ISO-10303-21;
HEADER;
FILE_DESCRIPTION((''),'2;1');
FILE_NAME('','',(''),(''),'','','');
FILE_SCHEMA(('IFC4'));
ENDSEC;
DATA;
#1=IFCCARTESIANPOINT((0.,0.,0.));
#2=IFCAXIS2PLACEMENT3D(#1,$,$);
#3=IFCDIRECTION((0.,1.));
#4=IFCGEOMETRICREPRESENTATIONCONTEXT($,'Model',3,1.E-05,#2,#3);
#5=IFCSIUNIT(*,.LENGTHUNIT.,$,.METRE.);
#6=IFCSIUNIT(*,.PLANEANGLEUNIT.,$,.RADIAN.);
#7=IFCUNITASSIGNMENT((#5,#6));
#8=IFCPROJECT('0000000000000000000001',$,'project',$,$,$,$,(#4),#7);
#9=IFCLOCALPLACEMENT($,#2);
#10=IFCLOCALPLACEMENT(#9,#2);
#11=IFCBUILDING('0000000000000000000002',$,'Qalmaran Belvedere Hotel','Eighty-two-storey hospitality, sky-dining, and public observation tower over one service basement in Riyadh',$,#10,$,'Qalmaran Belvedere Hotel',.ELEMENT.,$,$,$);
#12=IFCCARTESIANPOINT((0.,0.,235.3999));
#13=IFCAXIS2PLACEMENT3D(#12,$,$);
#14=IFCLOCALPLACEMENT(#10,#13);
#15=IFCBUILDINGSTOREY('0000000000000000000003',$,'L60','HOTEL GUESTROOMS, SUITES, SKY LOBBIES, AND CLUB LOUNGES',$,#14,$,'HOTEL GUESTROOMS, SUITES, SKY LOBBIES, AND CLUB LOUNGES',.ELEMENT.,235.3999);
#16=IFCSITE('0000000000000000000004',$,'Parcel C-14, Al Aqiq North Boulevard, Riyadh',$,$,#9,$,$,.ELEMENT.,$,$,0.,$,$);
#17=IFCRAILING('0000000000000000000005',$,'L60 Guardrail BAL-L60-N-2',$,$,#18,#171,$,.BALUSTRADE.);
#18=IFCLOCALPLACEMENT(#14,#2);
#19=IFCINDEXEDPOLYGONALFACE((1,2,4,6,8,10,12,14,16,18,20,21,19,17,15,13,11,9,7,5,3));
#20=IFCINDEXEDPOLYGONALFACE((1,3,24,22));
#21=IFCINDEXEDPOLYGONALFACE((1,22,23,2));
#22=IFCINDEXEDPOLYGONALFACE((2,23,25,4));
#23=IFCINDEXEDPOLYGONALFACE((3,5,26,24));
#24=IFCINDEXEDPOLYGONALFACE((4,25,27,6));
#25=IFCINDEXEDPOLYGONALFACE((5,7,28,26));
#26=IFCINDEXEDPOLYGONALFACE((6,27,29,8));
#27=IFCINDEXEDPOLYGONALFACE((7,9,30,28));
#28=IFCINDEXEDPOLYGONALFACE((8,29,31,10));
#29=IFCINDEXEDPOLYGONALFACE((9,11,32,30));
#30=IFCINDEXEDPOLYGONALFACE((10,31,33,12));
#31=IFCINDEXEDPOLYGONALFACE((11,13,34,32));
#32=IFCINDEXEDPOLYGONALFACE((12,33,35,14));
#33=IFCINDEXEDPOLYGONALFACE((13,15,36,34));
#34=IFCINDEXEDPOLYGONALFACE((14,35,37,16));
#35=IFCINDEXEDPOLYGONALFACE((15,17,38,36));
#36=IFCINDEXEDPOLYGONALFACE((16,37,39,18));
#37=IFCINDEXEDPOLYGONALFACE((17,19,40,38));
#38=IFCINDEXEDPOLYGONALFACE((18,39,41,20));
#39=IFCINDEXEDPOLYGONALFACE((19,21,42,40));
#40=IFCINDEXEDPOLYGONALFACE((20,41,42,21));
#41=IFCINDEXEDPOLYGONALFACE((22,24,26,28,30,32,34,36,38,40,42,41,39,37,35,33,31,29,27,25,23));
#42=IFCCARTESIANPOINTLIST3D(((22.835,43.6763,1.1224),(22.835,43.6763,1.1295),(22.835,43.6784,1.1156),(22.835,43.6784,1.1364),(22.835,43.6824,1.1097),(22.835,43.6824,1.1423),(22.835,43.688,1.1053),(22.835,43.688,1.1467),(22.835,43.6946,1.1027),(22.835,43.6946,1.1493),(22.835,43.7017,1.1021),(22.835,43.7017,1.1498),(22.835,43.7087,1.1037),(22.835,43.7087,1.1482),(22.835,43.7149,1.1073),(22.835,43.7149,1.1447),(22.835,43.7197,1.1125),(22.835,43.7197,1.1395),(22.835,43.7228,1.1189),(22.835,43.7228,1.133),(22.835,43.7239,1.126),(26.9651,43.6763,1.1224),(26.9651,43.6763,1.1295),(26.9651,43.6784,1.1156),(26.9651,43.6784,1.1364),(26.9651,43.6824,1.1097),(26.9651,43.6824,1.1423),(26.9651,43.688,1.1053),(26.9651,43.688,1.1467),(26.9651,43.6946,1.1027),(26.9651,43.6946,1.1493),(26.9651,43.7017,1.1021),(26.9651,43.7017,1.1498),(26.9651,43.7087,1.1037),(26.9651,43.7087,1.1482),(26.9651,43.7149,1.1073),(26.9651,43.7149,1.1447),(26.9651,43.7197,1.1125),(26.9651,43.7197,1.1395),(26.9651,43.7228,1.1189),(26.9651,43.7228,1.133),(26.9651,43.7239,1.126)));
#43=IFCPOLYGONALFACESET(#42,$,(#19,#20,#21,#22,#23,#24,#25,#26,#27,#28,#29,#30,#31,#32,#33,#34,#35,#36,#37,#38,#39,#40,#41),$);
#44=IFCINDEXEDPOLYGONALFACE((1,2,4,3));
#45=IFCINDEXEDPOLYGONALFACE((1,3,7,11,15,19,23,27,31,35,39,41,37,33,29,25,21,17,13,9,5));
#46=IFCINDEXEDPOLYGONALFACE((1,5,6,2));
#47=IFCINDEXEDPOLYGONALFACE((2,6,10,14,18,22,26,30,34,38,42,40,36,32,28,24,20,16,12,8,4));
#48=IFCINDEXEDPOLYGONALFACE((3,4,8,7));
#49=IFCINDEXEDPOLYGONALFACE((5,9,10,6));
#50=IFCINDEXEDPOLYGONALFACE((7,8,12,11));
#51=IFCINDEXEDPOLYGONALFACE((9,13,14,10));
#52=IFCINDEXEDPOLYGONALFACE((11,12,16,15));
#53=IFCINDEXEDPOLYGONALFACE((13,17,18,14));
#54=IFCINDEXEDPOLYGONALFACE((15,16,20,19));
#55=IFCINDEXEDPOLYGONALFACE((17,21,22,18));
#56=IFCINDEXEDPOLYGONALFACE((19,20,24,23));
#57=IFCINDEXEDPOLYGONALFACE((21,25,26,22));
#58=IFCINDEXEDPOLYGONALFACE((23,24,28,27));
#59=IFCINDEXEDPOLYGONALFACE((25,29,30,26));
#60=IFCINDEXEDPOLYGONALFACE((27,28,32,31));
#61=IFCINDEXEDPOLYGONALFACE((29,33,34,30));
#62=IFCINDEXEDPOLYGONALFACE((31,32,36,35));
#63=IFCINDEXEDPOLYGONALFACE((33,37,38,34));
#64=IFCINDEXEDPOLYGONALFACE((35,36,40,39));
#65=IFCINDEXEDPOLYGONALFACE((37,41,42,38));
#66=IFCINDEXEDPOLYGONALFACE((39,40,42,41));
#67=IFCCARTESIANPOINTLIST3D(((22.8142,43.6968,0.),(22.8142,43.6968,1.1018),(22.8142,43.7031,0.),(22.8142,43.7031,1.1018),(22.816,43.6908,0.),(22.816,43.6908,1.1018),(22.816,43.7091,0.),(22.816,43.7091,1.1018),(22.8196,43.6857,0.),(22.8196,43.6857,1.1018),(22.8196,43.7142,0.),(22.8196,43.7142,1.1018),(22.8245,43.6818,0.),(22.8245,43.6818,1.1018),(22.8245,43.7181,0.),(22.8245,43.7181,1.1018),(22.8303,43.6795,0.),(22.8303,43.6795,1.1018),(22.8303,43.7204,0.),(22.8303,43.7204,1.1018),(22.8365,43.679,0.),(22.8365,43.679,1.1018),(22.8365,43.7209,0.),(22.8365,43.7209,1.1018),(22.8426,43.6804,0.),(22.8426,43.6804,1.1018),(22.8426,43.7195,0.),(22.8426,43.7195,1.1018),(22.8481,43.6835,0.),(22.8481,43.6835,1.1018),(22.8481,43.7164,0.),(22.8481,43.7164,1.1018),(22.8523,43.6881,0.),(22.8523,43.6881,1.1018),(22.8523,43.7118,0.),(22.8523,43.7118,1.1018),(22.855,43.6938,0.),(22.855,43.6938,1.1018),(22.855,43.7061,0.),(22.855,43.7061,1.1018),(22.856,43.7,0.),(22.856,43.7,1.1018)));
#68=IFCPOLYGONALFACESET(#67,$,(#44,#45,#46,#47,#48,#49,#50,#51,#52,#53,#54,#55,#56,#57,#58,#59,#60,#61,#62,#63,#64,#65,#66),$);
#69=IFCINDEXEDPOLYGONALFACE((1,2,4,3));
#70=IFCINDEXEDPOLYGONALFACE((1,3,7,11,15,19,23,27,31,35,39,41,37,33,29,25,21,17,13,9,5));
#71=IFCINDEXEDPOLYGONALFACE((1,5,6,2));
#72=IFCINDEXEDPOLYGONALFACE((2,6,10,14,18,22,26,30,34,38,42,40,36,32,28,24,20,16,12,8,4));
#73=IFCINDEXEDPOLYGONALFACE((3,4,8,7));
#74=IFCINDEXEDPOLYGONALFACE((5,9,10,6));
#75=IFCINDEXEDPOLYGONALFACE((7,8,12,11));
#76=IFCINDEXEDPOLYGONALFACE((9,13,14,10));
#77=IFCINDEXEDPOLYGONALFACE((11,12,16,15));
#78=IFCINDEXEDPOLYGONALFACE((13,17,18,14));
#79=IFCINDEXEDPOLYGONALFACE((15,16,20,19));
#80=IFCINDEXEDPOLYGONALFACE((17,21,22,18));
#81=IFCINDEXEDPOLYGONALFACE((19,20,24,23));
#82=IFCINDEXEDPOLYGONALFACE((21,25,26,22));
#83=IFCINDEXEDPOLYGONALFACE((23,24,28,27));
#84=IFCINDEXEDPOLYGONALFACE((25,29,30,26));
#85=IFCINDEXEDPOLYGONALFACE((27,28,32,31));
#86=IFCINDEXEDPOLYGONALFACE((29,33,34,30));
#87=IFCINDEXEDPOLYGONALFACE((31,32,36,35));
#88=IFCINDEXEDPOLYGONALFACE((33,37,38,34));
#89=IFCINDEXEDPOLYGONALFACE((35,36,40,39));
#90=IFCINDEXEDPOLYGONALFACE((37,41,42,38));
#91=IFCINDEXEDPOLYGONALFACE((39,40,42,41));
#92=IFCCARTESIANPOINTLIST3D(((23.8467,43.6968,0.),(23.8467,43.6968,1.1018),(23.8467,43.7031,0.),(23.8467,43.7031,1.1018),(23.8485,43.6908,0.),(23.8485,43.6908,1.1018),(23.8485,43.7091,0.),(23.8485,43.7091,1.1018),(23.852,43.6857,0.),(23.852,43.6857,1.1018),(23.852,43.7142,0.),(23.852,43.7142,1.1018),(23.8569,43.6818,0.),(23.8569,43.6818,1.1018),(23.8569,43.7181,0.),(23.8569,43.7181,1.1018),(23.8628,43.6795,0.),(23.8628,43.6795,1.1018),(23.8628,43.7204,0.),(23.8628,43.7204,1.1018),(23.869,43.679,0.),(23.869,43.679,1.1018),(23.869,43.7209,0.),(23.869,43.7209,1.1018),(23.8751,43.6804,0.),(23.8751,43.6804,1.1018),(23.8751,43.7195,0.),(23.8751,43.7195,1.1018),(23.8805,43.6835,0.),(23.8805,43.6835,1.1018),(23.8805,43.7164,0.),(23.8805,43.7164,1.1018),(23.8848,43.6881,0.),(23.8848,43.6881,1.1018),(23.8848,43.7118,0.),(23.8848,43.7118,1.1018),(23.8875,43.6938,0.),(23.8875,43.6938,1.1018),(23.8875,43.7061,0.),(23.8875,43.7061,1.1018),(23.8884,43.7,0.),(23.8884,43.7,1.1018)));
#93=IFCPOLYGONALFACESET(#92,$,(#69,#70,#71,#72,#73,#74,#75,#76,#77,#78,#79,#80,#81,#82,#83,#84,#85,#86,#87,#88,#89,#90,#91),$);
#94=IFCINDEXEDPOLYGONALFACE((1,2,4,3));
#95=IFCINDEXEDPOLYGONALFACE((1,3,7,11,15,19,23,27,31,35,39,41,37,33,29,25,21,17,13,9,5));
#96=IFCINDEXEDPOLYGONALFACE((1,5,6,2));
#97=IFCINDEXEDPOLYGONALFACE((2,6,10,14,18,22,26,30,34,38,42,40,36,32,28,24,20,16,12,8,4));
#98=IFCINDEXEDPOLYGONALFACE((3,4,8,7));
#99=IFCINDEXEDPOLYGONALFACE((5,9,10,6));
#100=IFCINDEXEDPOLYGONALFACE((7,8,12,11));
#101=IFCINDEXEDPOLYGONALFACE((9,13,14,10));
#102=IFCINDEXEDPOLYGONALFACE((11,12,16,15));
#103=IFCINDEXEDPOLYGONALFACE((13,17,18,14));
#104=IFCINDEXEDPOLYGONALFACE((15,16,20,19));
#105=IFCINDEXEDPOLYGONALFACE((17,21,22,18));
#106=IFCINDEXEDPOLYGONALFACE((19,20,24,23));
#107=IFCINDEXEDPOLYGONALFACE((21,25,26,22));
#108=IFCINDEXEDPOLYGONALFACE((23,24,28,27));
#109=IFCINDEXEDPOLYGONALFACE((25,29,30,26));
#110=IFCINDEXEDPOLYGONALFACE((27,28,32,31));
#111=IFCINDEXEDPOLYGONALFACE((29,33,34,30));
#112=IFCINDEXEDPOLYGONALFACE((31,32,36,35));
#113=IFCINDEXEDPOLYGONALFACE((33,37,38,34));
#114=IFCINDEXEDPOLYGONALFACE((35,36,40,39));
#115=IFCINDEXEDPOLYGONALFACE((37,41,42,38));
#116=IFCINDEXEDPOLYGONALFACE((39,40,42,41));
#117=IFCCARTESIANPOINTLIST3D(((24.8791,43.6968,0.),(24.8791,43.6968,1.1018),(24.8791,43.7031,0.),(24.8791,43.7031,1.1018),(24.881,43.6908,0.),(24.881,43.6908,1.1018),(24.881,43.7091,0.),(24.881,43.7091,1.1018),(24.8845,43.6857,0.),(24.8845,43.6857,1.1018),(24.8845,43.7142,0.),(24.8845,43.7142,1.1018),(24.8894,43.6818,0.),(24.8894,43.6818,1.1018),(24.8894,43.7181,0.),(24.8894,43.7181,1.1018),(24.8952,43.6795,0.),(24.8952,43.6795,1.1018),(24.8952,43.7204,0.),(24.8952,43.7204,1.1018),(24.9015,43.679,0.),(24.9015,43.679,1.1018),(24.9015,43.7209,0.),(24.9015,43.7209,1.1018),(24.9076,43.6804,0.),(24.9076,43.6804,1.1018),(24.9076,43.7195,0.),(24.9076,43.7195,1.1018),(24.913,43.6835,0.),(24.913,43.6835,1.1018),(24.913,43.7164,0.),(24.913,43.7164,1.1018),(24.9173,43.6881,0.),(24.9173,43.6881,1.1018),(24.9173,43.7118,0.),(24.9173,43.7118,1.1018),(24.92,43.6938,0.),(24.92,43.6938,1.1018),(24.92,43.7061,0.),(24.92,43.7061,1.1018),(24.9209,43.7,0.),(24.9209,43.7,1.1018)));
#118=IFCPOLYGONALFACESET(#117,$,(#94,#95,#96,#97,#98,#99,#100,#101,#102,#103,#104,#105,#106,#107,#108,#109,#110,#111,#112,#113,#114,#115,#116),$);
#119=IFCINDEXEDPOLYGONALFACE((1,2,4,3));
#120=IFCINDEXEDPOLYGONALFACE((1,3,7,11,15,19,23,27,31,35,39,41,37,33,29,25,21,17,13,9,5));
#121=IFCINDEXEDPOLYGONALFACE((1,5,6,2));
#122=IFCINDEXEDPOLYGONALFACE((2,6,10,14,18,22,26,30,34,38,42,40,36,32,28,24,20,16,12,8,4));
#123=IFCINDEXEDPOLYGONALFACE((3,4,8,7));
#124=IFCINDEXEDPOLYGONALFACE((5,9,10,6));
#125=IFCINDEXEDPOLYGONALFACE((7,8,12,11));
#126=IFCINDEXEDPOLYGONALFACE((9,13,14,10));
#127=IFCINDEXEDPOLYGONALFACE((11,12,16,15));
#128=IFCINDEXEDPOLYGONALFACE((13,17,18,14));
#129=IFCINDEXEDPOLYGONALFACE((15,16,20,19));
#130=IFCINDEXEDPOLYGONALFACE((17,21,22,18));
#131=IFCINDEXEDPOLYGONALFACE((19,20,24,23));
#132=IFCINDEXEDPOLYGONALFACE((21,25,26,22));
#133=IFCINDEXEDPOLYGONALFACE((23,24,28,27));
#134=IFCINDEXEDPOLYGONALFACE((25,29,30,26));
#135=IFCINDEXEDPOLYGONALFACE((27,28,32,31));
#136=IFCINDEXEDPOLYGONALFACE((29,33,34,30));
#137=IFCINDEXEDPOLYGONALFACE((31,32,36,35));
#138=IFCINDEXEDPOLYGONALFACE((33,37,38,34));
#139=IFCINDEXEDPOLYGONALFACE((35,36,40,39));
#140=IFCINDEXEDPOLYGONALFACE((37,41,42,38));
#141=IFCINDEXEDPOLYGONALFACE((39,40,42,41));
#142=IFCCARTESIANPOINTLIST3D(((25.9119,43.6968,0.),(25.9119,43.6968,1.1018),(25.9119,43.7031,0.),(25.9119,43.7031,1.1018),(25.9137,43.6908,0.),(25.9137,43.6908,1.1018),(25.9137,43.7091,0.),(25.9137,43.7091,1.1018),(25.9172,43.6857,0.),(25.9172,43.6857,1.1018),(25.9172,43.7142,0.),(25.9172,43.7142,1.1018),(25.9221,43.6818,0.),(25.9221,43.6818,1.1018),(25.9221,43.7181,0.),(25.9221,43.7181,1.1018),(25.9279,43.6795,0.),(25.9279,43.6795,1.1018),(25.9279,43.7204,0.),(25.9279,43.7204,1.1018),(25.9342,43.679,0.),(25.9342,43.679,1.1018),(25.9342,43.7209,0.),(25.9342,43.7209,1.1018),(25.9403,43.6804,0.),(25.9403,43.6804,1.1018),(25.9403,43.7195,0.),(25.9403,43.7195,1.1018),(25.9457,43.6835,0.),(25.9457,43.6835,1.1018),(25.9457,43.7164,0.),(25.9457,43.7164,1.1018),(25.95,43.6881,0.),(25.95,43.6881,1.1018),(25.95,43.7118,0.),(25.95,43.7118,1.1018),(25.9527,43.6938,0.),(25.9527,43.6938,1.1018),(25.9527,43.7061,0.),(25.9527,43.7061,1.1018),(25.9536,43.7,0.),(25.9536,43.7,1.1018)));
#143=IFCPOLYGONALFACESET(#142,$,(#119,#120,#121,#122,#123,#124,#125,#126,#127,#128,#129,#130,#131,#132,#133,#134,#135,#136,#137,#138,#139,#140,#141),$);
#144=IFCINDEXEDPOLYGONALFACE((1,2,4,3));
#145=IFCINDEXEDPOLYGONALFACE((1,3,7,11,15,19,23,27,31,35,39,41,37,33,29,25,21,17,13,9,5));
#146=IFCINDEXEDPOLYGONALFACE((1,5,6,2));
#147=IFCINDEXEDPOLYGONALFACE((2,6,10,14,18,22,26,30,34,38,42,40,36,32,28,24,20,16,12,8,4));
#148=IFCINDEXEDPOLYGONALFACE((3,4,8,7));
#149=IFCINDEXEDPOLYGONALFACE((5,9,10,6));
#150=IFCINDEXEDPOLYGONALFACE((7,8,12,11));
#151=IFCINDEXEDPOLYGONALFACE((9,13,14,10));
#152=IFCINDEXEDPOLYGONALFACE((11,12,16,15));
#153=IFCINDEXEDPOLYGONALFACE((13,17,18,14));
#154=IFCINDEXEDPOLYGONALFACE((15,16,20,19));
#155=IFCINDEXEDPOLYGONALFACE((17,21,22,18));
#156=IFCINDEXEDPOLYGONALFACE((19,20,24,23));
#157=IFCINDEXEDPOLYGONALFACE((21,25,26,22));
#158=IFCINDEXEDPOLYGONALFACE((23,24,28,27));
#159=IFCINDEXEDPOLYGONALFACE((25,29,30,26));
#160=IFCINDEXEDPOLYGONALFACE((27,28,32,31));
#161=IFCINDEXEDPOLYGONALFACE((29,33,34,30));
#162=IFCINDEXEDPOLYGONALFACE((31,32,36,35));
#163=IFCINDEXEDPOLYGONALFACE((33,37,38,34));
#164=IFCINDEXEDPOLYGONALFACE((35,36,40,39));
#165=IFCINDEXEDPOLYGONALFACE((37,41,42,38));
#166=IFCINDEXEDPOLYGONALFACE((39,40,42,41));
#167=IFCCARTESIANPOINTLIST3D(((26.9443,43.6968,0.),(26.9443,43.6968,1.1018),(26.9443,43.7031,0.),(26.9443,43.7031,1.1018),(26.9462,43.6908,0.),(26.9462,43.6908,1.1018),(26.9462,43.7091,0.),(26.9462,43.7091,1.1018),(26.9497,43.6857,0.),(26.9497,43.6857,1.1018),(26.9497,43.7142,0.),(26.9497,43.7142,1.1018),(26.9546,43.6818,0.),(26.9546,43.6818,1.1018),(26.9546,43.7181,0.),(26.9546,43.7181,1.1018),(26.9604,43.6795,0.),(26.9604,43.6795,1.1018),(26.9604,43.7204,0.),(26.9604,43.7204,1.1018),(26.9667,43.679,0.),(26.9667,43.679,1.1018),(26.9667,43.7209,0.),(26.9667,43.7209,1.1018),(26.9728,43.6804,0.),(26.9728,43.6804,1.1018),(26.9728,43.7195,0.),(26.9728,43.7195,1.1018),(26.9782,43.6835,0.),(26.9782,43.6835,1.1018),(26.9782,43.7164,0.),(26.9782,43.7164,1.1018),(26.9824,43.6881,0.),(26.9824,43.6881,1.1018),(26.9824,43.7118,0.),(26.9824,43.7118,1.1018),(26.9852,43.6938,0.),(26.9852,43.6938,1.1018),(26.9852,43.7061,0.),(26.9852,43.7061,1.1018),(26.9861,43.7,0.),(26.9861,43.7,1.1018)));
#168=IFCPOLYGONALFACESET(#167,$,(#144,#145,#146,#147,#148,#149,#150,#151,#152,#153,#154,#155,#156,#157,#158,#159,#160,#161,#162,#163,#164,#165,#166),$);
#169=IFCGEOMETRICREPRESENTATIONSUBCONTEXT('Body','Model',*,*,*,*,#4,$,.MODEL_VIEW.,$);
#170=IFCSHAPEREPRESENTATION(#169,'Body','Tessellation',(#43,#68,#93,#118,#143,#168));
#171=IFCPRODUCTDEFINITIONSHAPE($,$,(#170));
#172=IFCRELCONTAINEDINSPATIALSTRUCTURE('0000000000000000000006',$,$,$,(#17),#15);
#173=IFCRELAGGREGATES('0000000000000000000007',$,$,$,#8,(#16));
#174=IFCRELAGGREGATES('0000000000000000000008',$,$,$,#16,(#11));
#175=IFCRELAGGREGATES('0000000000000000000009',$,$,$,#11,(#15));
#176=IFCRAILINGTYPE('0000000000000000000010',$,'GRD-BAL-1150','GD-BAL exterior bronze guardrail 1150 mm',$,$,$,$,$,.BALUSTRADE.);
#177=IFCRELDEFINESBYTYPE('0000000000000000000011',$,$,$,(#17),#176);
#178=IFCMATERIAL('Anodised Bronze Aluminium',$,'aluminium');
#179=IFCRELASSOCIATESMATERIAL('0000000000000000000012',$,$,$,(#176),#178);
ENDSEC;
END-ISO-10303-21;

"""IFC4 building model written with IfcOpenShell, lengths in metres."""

from ifc_helpers import new_model, si_unit, direction, frame, origin, origin_2d, place, context, subcontext, project, spatial, circle, extrude, material, type_object, element, save


model = new_model("IFC4")

# Units and contexts
model_context = context("Model", 3, precision=1e-05, world=origin(), true_north=direction((0.0, 1.0)))
body_context = subcontext(model_context, "Body", "Model", "MODEL_VIEW")
ifc_project = project(units=[si_unit("LENGTHUNIT", "METRE"), si_unit("PLANEANGLEUNIT", "RADIAN")], contexts=[model_context])

# Site, building, storey
site_placement = place(None, origin())
site = spatial("IfcSite", under=ifc_project, at=site_placement, Name="Parcel C-14, Al Aqiq North Boulevard, Riyadh", CompositionType="ELEMENT", RefElevation=0.0)
building_placement = place(site_placement, origin())
building = spatial("IfcBuilding", under=site, at=building_placement, Name="Qalmaran Belvedere Hotel", Description="Eighty-two-storey hospitality, sky-dining, and public observation tower over one service basement in Riyadh", LongName="Qalmaran Belvedere Hotel", CompositionType="ELEMENT")
storey_placement = place(building_placement, frame((0.0, 0.0, 235.3999)))
storey = spatial("IfcBuildingStorey", under=building, at=storey_placement, Name="L60", Description="HOTEL GUESTROOMS, SUITES, SKY LOBBIES, AND CLUB LOUNGES", LongName="HOTEL GUESTROOMS, SUITES, SKY LOBBIES, AND CLUB LOUNGES", CompositionType="ELEMENT", Elevation=235.3999)

# Shared definitions
ifc_material_1 = material(Name="Anodised Bronze Aluminium", Category="aluminium")

# Railing
railing_type = type_object("IfcRailingType", Name="GRD-BAL-1150", Description="GD-BAL exterior bronze guardrail 1150 mm", PredefinedType="BALUSTRADE", material=ifc_material_1)
railing_1_placement = place(storey_placement, frame((22.835, 43.7, 0.0)))
element("IfcRailing", 1, at=railing_1_placement, inside=storey, type_object=railing_type, Name="L60 Guardrail BAL-L60-N-2", PredefinedType="BALUSTRADE", context=body_context, shape_type="SweptSolid", body=[
    extrude(circle(Radius=0.0239, at=origin_2d()), frame((0.0, 0.0, 1.126), z_axis=(1.0, 0.0, 0.0), x_axis=(0.0, 1.0, 0.0)), (0.0, 0.0, 1.0), 4.1301),
    extrude(circle(Radius=0.021, at=origin_2d()), origin(), (0.0, 0.0, 1.0), 1.1018),
    extrude(circle(Radius=0.021, at=origin_2d()), frame((1.0325, 0.0, 0.0)), (0.0, 0.0, 1.0), 1.1018),
    extrude(circle(Radius=0.021, at=origin_2d()), frame((2.0649, 0.0, 0.0)), (0.0, 0.0, 1.0), 1.1018),
    extrude(circle(Radius=0.021, at=origin_2d()), frame((3.0977, 0.0, 0.0)), (0.0, 0.0, 1.0), 1.1018),
    extrude(circle(Radius=0.021, at=origin_2d()), frame((4.1301, 0.0, 0.0)), (0.0, 0.0, 1.0), 1.1018),
])

save(model, "model.ifc")
